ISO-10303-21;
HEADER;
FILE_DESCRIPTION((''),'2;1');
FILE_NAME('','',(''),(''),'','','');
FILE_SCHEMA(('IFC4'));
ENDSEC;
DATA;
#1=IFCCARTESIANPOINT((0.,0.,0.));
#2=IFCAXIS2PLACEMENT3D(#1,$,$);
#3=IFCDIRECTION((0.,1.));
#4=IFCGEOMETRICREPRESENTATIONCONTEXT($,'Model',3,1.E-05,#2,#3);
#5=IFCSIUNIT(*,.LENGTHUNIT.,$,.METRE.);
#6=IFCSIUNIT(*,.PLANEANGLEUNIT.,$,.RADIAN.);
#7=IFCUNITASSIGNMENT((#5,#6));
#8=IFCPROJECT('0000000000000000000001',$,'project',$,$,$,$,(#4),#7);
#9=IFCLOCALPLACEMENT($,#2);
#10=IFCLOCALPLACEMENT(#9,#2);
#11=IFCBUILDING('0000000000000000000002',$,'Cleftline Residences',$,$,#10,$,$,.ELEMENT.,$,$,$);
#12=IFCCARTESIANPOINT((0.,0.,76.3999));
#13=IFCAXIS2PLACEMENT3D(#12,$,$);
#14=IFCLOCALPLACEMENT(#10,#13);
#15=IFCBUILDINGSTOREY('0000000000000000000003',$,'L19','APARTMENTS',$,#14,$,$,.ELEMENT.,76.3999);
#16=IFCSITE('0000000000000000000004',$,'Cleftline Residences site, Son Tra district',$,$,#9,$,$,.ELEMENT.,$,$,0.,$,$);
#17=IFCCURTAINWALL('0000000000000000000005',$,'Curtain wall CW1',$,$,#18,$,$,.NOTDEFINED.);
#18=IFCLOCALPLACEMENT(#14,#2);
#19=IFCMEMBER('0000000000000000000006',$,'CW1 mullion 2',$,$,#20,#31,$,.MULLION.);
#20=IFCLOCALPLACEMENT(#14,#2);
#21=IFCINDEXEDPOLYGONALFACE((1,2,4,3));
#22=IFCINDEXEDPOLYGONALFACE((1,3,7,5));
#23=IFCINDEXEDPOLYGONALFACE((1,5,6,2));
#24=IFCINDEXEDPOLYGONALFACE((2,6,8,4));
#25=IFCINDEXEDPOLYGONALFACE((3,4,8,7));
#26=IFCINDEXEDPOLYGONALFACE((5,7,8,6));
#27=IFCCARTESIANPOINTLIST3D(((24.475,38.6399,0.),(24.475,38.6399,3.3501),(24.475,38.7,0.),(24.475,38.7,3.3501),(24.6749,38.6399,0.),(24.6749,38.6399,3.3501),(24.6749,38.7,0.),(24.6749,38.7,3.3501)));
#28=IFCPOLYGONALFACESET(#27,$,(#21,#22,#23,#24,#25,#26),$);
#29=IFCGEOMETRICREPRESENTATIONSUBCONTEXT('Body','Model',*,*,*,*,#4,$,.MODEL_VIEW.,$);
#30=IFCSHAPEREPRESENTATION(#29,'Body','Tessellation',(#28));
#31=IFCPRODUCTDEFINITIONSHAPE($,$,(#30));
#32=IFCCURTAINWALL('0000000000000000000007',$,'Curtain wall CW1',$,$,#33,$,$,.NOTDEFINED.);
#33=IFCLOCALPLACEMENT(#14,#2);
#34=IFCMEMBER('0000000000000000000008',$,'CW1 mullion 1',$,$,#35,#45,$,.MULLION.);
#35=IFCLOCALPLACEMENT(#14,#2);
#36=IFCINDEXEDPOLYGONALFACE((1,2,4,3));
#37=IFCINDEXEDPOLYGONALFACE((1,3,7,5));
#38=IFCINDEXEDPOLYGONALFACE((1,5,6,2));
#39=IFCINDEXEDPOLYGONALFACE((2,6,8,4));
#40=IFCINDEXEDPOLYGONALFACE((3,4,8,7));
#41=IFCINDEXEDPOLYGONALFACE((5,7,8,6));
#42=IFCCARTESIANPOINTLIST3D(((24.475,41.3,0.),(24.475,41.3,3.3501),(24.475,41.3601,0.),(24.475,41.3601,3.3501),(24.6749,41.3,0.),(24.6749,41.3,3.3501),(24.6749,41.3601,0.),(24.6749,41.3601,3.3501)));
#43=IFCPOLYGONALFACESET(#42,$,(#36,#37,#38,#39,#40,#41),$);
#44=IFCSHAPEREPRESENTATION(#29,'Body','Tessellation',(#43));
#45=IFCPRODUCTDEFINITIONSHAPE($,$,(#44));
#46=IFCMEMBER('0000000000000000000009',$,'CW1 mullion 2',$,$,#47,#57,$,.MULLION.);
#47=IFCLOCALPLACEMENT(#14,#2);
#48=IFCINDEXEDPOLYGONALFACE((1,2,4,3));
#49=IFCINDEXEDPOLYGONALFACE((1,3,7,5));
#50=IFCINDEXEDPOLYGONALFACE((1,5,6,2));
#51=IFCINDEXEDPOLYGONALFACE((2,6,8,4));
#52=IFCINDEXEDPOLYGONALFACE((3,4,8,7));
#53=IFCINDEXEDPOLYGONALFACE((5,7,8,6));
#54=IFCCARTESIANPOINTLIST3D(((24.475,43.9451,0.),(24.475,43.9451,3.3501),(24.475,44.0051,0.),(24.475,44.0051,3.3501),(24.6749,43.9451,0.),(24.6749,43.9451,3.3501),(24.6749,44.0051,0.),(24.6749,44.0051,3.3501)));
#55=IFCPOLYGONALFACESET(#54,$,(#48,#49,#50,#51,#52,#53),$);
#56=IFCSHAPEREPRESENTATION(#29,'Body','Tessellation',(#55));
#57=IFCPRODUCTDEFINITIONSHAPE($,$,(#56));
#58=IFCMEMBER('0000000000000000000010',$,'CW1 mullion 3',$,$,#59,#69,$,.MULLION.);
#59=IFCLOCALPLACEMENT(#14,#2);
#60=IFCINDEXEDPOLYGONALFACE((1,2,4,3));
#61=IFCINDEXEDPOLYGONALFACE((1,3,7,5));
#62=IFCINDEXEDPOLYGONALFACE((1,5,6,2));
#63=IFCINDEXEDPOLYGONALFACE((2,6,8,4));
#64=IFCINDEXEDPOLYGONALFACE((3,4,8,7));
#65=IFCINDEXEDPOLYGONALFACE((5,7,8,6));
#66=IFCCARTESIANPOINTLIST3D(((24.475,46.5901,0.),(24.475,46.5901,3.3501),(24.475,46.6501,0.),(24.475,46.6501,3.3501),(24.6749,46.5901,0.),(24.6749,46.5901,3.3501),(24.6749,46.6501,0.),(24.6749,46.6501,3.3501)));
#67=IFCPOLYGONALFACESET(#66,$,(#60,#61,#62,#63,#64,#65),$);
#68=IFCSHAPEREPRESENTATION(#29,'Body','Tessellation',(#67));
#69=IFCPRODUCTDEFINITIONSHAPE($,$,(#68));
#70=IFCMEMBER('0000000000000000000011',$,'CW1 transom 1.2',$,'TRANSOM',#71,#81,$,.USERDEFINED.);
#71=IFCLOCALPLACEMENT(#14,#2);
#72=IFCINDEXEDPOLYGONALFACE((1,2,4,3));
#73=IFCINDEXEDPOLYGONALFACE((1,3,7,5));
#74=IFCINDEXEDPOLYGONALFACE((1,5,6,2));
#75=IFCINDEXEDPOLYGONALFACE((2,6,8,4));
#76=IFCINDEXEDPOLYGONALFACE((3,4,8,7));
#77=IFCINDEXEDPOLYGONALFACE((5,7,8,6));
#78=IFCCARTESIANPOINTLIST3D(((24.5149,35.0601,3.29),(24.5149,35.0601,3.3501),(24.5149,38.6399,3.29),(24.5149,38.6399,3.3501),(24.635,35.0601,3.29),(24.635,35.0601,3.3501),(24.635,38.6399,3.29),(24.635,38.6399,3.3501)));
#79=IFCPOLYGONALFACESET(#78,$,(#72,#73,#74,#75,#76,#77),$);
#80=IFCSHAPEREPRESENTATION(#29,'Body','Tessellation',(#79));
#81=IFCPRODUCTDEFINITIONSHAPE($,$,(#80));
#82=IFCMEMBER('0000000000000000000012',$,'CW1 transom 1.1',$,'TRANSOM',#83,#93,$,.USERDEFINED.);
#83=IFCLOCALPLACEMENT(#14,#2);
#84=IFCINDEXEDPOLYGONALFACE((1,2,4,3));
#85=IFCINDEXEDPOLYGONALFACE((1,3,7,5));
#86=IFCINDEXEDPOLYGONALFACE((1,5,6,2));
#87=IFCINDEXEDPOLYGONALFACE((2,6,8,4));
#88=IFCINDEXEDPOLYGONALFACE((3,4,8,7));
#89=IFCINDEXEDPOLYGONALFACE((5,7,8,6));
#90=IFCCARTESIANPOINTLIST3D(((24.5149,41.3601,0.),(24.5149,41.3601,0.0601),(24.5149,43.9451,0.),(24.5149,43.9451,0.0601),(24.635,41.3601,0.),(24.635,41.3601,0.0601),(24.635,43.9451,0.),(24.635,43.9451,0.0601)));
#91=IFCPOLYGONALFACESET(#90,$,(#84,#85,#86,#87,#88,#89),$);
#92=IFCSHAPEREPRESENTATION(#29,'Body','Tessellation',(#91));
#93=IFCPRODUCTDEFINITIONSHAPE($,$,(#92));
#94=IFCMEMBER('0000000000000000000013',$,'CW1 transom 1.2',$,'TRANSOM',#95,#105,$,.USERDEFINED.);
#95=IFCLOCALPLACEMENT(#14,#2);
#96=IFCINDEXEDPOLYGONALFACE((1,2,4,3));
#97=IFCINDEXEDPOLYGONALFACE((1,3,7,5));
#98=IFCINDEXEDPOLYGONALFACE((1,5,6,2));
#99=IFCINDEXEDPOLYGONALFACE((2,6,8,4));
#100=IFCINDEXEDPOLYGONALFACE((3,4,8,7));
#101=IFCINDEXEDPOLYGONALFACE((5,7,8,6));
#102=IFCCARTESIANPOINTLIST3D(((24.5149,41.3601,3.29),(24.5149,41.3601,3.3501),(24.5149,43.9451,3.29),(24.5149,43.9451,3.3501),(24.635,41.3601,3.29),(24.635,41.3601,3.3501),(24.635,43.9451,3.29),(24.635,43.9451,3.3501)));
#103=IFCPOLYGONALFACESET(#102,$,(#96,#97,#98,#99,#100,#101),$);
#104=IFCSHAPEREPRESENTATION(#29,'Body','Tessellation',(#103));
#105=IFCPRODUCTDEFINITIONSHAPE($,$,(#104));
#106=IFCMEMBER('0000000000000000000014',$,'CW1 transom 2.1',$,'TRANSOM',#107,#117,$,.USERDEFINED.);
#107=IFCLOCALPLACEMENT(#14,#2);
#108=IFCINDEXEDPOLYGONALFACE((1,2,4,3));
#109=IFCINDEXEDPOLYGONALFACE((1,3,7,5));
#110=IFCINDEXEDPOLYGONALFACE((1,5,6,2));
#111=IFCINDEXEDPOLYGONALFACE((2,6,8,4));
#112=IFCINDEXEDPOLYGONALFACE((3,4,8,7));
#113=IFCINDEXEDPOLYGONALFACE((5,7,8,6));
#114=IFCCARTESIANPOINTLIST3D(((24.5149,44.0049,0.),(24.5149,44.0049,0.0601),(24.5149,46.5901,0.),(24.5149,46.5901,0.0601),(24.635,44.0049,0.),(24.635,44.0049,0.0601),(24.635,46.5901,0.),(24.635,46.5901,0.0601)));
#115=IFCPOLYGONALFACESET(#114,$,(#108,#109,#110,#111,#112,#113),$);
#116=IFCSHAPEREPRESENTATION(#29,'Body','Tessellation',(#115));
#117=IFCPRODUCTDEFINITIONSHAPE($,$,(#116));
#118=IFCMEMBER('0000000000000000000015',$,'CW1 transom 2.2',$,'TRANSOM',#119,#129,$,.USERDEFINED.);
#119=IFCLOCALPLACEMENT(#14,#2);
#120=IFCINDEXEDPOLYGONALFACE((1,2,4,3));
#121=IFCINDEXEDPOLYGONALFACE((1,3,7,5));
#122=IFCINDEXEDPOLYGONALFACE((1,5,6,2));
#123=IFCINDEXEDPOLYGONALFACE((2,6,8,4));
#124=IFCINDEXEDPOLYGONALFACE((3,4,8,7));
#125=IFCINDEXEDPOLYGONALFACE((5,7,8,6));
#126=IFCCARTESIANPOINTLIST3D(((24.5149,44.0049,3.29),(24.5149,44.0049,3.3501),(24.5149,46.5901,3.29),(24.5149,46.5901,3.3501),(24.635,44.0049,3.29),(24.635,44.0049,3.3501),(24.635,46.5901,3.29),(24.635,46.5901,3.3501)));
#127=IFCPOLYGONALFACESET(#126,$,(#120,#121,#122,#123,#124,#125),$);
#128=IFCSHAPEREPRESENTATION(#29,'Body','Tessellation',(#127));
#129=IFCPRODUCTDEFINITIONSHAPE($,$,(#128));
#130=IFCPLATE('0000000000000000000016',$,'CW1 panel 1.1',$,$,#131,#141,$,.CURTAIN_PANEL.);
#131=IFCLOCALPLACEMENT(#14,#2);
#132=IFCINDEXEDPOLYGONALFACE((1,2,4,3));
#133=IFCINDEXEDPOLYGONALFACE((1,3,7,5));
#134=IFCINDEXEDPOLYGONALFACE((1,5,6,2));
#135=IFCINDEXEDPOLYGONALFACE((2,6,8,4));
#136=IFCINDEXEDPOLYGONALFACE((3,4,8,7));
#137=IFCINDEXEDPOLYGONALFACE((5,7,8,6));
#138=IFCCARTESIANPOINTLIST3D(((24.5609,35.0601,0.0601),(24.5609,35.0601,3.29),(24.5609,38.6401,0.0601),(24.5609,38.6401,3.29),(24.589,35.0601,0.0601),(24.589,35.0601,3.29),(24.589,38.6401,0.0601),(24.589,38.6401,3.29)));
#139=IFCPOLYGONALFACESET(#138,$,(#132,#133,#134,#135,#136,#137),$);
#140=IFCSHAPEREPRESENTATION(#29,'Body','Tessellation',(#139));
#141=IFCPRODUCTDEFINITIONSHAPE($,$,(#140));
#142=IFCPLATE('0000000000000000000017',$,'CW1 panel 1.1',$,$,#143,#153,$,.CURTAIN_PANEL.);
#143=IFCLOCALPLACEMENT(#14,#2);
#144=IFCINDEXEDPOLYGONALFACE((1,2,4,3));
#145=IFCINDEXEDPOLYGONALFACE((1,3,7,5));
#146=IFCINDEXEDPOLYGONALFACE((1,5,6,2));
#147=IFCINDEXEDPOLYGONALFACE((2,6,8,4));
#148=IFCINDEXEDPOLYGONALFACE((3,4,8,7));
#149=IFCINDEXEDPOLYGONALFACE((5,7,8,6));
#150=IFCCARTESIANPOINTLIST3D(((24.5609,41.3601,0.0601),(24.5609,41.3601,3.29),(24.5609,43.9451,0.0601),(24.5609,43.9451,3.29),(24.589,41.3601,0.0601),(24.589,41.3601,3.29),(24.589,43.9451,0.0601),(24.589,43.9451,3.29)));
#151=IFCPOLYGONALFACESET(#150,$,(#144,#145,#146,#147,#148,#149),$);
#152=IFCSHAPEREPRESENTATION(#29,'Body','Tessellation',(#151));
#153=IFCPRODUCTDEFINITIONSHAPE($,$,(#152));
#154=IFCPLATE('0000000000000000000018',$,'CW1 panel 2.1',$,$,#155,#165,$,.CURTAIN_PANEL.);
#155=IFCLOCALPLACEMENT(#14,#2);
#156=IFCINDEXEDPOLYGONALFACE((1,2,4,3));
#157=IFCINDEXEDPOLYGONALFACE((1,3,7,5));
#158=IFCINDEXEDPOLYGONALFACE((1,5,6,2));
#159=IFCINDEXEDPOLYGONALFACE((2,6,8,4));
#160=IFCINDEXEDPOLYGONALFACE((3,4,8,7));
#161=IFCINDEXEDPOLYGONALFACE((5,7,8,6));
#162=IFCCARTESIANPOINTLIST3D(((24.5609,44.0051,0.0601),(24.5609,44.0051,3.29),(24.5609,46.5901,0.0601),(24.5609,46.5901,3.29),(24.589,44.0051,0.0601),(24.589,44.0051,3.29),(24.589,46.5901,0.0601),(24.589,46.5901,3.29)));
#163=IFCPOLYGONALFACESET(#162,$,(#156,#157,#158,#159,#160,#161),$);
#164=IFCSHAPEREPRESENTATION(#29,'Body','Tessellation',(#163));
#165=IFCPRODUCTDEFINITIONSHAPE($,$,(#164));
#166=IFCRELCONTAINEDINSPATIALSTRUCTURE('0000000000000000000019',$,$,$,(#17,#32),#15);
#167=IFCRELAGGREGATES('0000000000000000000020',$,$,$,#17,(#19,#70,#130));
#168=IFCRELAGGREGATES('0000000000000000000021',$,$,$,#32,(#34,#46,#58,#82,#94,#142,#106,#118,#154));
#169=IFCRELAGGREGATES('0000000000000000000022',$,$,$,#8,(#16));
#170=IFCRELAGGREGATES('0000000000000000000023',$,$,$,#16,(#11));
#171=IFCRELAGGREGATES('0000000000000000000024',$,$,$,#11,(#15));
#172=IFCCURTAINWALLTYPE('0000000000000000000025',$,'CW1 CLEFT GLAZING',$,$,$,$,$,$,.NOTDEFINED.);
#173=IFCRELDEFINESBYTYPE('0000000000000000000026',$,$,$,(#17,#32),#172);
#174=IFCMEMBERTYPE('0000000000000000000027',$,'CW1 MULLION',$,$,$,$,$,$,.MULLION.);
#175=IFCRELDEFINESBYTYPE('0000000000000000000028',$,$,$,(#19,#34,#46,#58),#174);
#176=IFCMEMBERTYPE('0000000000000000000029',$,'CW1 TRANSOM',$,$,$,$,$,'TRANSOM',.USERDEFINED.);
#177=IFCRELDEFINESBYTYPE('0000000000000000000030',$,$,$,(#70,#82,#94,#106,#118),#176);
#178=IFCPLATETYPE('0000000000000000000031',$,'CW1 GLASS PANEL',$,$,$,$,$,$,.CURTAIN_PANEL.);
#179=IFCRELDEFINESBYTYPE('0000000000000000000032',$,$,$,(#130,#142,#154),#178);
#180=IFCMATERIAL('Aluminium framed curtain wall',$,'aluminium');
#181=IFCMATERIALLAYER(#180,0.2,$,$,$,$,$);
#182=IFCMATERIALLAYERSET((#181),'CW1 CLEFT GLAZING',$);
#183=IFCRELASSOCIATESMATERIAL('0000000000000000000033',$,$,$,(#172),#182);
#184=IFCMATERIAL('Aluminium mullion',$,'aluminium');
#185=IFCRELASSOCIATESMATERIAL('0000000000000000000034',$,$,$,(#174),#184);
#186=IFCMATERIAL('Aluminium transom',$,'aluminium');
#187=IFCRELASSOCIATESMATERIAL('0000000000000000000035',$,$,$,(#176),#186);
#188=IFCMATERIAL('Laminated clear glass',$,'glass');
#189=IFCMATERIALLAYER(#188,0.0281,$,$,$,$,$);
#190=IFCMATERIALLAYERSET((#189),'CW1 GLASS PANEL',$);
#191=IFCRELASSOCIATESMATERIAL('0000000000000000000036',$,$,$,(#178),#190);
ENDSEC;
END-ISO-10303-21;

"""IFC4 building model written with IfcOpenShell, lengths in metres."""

from ifc_helpers import new_model, si_unit, direction, frame, origin, origin_2d, place, context, subcontext, project, spatial, rectangle, extrude, material, layer, layer_set, material_profile, profile_set, type_object, element, aggregate, save


model = new_model("IFC4")

# Units and contexts
model_context = context("Model", 3, precision=1e-05, world=origin(), true_north=direction((0.0, 1.0)))
body_context = subcontext(model_context, "Body", "Model", "MODEL_VIEW")
ifc_project = project(units=[si_unit("LENGTHUNIT", "METRE"), si_unit("PLANEANGLEUNIT", "RADIAN")], contexts=[model_context])

# Site, building, storey
site_placement = place(None, origin())
site = spatial("IfcSite", under=ifc_project, at=site_placement, Name="Cleftline Residences site, Son Tra district", CompositionType="ELEMENT", RefElevation=0.0)
building_placement = place(site_placement, origin())
building = spatial("IfcBuilding", under=site, at=building_placement, Name="Cleftline Residences", CompositionType="ELEMENT")
storey_placement = place(building_placement, frame((0.0, 0.0, 76.3999)))
storey = spatial("IfcBuildingStorey", under=building, at=storey_placement, Name="L19", Description="APARTMENTS", CompositionType="ELEMENT", Elevation=76.3999)

# Curtain wall, member
ifc_material_1 = material(Name="Aluminium framed curtain wall", Category="aluminium")
ifc_layer_1 = layer(ifc_material_1, 0.2)
ifc_layer_set_1 = layer_set([ifc_layer_1], Name="CW1 CLEFT GLAZING")
curtain_wall_type = type_object("IfcCurtainWallType", Name="CW1 CLEFT GLAZING", PredefinedType="NOTDEFINED", material=ifc_layer_set_1)
curtain_wall_1_placement = place(storey_placement, origin())
curtain_wall_1 = element("IfcCurtainWall", 1, at=curtain_wall_1_placement, inside=storey, type_object=curtain_wall_type, Name="Curtain wall CW1", PredefinedType="NOTDEFINED")
ifc_material_2 = material(Name="Aluminium mullion", Category="aluminium")
ifc_material_profile_1 = material_profile(ifc_material_2, rectangle(XDim=0.2, YDim=0.0601, at=origin_2d()))
ifc_profile_set_1 = profile_set([ifc_material_profile_1], Name="Aluminium mullion")
member_type_1 = type_object("IfcMemberType", Name="CW1 MULLION", PredefinedType="MULLION", material=ifc_profile_set_1)
member_1_placement = place(storey_placement, frame((24.575, 38.6699, 0.0), z_axis=(0.0, 0.0, 1.0), x_axis=(-1.0, 0.0, 0.0)))
member_1 = element("IfcMember", 2, at=member_1_placement, type_object=member_type_1, Name="CW1 mullion 2", PredefinedType="MULLION", context=body_context, shape_type="SweptSolid", body=[
    extrude(rectangle(XDim=0.2, YDim=0.0601, at=origin_2d()), origin(), (0.0, 0.0, 1.0), 3.3501),
])

# Curtain wall, members
curtain_wall_2_placement = place(storey_placement, origin())
curtain_wall_2 = element("IfcCurtainWall", 3, at=curtain_wall_2_placement, inside=storey, type_object=curtain_wall_type, Name="Curtain wall CW1", PredefinedType="NOTDEFINED")
member_2_placement = place(storey_placement, frame((24.575, 41.3301, 0.0), z_axis=(0.0, 0.0, 1.0), x_axis=(-1.0, 0.0, 0.0)))
member_2 = element("IfcMember", 4, at=member_2_placement, type_object=member_type_1, Name="CW1 mullion 1", PredefinedType="MULLION", context=body_context, shape_type="SweptSolid", body=[
    extrude(rectangle(XDim=0.2, YDim=0.0601, at=origin_2d()), origin(), (0.0, 0.0, 1.0), 3.3501),
])
member_3_placement = place(storey_placement, frame((24.575, 43.9751, 0.0), z_axis=(0.0, 0.0, 1.0), x_axis=(-1.0, 0.0, 0.0)))
member_3 = element("IfcMember", 5, at=member_3_placement, type_object=member_type_1, Name="CW1 mullion 2", PredefinedType="MULLION", context=body_context, shape_type="SweptSolid", body=[
    extrude(rectangle(XDim=0.2, YDim=0.0601, at=origin_2d()), origin(), (0.0, 0.0, 1.0), 3.3501),
])
member_4_placement = place(storey_placement, frame((24.575, 46.6201, 0.0), z_axis=(0.0, 0.0, 1.0), x_axis=(-1.0, 0.0, 0.0)))
member_4 = element("IfcMember", 6, at=member_4_placement, type_object=member_type_1, Name="CW1 mullion 3", PredefinedType="MULLION", context=body_context, shape_type="SweptSolid", body=[
    extrude(rectangle(XDim=0.2, YDim=0.0601, at=origin_2d()), origin(), (0.0, 0.0, 1.0), 3.3501),
])

# Members
ifc_material_3 = material(Name="Aluminium transom", Category="aluminium")
ifc_material_profile_2 = material_profile(ifc_material_3, rectangle(XDim=0.1201, YDim=0.0601, at=origin_2d()))
ifc_profile_set_2 = profile_set([ifc_material_profile_2], Name="Aluminium transom")
member_type_2 = type_object("IfcMemberType", Name="CW1 TRANSOM", ElementType="TRANSOM", PredefinedType="USERDEFINED", material=ifc_profile_set_2)
member_5_placement = place(storey_placement, frame((24.575, 35.0601, 3.3201), z_axis=(0.0, 1.0, 0.0), x_axis=(-1.0, 0.0, 0.0)))
member_5 = element("IfcMember", 7, at=member_5_placement, type_object=member_type_2, Name="CW1 transom 1.2", ObjectType="TRANSOM", PredefinedType="USERDEFINED", context=body_context, shape_type="SweptSolid", body=[
    extrude(rectangle(XDim=0.1201, YDim=0.0601, at=origin_2d()), origin(), (0.0, 0.0, 1.0), 3.5798),
])
member_6_placement = place(storey_placement, frame((24.575, 41.3601, 0.03), z_axis=(0.0, 1.0, 0.0), x_axis=(-1.0, 0.0, 0.0)))
member_6 = element("IfcMember", 8, at=member_6_placement, type_object=member_type_2, Name="CW1 transom 1.1", ObjectType="TRANSOM", PredefinedType="USERDEFINED", context=body_context, shape_type="SweptSolid", body=[
    extrude(rectangle(XDim=0.1201, YDim=0.0601, at=origin_2d()), origin(), (0.0, 0.0, 1.0), 2.585),
])
member_7_placement = place(storey_placement, frame((24.575, 41.3601, 3.3201), z_axis=(0.0, 1.0, 0.0), x_axis=(-1.0, 0.0, 0.0)))
member_7 = element("IfcMember", 9, at=member_7_placement, type_object=member_type_2, Name="CW1 transom 1.2", ObjectType="TRANSOM", PredefinedType="USERDEFINED", context=body_context, shape_type="SweptSolid", body=[
    extrude(rectangle(XDim=0.1201, YDim=0.0601, at=origin_2d()), origin(), (0.0, 0.0, 1.0), 2.585),
])
member_8_placement = place(storey_placement, frame((24.575, 44.0049, 0.03), z_axis=(0.0, 1.0, 0.0), x_axis=(-1.0, 0.0, 0.0)))
member_8 = element("IfcMember", 10, at=member_8_placement, type_object=member_type_2, Name="CW1 transom 2.1", ObjectType="TRANSOM", PredefinedType="USERDEFINED", context=body_context, shape_type="SweptSolid", body=[
    extrude(rectangle(XDim=0.1201, YDim=0.0601, at=origin_2d()), origin(), (0.0, 0.0, 1.0), 2.5852),
])
member_9_placement = place(storey_placement, frame((24.575, 44.0049, 3.3201), z_axis=(0.0, 1.0, 0.0), x_axis=(-1.0, 0.0, 0.0)))
member_9 = element("IfcMember", 11, at=member_9_placement, type_object=member_type_2, Name="CW1 transom 2.2", ObjectType="TRANSOM", PredefinedType="USERDEFINED", context=body_context, shape_type="SweptSolid", body=[
    extrude(rectangle(XDim=0.1201, YDim=0.0601, at=origin_2d()), origin(), (0.0, 0.0, 1.0), 2.5852),
])

# Plates
ifc_material_4 = material(Name="Laminated clear glass", Category="glass")
ifc_layer_2 = layer(ifc_material_4, 0.0281)
ifc_layer_set_2 = layer_set([ifc_layer_2], Name="CW1 GLASS PANEL")
plate_type = type_object("IfcPlateType", Name="CW1 GLASS PANEL", PredefinedType="CURTAIN_PANEL", material=ifc_layer_set_2)
plate_1_placement = place(storey_placement, frame((24.575, 36.8501, 0.0601), z_axis=(0.0, 0.0, 1.0), x_axis=(0.0, 1.0, 0.0)))
plate_1 = element("IfcPlate", 12, at=plate_1_placement, type_object=plate_type, Name="CW1 panel 1.1", PredefinedType="CURTAIN_PANEL", context=body_context, shape_type="SweptSolid", body=[
    extrude(rectangle(XDim=3.5801, YDim=0.0281, at=origin_2d()), origin(), (0.0, 0.0, 1.0), 3.23),
])
aggregate(curtain_wall_1, [member_1, member_5, plate_1])
plate_2_placement = place(storey_placement, frame((24.575, 42.6526, 0.0601), z_axis=(0.0, 0.0, 1.0), x_axis=(0.0, 1.0, 0.0)))
plate_2 = element("IfcPlate", 13, at=plate_2_placement, type_object=plate_type, Name="CW1 panel 1.1", PredefinedType="CURTAIN_PANEL", context=body_context, shape_type="SweptSolid", body=[
    extrude(rectangle(XDim=2.585, YDim=0.0281, at=origin_2d()), origin(), (0.0, 0.0, 1.0), 3.23),
])
plate_3_placement = place(storey_placement, frame((24.575, 45.2976, 0.0601), z_axis=(0.0, 0.0, 1.0), x_axis=(0.0, 1.0, 0.0)))
plate_3 = element("IfcPlate", 14, at=plate_3_placement, type_object=plate_type, Name="CW1 panel 2.1", PredefinedType="CURTAIN_PANEL", context=body_context, shape_type="SweptSolid", body=[
    extrude(rectangle(XDim=2.585, YDim=0.0281, at=origin_2d()), origin(), (0.0, 0.0, 1.0), 3.23),
])
aggregate(curtain_wall_2, [member_2, member_3, member_4, member_6, member_7, plate_2, member_8, member_9, plate_3])

save(model, "model.ifc")
